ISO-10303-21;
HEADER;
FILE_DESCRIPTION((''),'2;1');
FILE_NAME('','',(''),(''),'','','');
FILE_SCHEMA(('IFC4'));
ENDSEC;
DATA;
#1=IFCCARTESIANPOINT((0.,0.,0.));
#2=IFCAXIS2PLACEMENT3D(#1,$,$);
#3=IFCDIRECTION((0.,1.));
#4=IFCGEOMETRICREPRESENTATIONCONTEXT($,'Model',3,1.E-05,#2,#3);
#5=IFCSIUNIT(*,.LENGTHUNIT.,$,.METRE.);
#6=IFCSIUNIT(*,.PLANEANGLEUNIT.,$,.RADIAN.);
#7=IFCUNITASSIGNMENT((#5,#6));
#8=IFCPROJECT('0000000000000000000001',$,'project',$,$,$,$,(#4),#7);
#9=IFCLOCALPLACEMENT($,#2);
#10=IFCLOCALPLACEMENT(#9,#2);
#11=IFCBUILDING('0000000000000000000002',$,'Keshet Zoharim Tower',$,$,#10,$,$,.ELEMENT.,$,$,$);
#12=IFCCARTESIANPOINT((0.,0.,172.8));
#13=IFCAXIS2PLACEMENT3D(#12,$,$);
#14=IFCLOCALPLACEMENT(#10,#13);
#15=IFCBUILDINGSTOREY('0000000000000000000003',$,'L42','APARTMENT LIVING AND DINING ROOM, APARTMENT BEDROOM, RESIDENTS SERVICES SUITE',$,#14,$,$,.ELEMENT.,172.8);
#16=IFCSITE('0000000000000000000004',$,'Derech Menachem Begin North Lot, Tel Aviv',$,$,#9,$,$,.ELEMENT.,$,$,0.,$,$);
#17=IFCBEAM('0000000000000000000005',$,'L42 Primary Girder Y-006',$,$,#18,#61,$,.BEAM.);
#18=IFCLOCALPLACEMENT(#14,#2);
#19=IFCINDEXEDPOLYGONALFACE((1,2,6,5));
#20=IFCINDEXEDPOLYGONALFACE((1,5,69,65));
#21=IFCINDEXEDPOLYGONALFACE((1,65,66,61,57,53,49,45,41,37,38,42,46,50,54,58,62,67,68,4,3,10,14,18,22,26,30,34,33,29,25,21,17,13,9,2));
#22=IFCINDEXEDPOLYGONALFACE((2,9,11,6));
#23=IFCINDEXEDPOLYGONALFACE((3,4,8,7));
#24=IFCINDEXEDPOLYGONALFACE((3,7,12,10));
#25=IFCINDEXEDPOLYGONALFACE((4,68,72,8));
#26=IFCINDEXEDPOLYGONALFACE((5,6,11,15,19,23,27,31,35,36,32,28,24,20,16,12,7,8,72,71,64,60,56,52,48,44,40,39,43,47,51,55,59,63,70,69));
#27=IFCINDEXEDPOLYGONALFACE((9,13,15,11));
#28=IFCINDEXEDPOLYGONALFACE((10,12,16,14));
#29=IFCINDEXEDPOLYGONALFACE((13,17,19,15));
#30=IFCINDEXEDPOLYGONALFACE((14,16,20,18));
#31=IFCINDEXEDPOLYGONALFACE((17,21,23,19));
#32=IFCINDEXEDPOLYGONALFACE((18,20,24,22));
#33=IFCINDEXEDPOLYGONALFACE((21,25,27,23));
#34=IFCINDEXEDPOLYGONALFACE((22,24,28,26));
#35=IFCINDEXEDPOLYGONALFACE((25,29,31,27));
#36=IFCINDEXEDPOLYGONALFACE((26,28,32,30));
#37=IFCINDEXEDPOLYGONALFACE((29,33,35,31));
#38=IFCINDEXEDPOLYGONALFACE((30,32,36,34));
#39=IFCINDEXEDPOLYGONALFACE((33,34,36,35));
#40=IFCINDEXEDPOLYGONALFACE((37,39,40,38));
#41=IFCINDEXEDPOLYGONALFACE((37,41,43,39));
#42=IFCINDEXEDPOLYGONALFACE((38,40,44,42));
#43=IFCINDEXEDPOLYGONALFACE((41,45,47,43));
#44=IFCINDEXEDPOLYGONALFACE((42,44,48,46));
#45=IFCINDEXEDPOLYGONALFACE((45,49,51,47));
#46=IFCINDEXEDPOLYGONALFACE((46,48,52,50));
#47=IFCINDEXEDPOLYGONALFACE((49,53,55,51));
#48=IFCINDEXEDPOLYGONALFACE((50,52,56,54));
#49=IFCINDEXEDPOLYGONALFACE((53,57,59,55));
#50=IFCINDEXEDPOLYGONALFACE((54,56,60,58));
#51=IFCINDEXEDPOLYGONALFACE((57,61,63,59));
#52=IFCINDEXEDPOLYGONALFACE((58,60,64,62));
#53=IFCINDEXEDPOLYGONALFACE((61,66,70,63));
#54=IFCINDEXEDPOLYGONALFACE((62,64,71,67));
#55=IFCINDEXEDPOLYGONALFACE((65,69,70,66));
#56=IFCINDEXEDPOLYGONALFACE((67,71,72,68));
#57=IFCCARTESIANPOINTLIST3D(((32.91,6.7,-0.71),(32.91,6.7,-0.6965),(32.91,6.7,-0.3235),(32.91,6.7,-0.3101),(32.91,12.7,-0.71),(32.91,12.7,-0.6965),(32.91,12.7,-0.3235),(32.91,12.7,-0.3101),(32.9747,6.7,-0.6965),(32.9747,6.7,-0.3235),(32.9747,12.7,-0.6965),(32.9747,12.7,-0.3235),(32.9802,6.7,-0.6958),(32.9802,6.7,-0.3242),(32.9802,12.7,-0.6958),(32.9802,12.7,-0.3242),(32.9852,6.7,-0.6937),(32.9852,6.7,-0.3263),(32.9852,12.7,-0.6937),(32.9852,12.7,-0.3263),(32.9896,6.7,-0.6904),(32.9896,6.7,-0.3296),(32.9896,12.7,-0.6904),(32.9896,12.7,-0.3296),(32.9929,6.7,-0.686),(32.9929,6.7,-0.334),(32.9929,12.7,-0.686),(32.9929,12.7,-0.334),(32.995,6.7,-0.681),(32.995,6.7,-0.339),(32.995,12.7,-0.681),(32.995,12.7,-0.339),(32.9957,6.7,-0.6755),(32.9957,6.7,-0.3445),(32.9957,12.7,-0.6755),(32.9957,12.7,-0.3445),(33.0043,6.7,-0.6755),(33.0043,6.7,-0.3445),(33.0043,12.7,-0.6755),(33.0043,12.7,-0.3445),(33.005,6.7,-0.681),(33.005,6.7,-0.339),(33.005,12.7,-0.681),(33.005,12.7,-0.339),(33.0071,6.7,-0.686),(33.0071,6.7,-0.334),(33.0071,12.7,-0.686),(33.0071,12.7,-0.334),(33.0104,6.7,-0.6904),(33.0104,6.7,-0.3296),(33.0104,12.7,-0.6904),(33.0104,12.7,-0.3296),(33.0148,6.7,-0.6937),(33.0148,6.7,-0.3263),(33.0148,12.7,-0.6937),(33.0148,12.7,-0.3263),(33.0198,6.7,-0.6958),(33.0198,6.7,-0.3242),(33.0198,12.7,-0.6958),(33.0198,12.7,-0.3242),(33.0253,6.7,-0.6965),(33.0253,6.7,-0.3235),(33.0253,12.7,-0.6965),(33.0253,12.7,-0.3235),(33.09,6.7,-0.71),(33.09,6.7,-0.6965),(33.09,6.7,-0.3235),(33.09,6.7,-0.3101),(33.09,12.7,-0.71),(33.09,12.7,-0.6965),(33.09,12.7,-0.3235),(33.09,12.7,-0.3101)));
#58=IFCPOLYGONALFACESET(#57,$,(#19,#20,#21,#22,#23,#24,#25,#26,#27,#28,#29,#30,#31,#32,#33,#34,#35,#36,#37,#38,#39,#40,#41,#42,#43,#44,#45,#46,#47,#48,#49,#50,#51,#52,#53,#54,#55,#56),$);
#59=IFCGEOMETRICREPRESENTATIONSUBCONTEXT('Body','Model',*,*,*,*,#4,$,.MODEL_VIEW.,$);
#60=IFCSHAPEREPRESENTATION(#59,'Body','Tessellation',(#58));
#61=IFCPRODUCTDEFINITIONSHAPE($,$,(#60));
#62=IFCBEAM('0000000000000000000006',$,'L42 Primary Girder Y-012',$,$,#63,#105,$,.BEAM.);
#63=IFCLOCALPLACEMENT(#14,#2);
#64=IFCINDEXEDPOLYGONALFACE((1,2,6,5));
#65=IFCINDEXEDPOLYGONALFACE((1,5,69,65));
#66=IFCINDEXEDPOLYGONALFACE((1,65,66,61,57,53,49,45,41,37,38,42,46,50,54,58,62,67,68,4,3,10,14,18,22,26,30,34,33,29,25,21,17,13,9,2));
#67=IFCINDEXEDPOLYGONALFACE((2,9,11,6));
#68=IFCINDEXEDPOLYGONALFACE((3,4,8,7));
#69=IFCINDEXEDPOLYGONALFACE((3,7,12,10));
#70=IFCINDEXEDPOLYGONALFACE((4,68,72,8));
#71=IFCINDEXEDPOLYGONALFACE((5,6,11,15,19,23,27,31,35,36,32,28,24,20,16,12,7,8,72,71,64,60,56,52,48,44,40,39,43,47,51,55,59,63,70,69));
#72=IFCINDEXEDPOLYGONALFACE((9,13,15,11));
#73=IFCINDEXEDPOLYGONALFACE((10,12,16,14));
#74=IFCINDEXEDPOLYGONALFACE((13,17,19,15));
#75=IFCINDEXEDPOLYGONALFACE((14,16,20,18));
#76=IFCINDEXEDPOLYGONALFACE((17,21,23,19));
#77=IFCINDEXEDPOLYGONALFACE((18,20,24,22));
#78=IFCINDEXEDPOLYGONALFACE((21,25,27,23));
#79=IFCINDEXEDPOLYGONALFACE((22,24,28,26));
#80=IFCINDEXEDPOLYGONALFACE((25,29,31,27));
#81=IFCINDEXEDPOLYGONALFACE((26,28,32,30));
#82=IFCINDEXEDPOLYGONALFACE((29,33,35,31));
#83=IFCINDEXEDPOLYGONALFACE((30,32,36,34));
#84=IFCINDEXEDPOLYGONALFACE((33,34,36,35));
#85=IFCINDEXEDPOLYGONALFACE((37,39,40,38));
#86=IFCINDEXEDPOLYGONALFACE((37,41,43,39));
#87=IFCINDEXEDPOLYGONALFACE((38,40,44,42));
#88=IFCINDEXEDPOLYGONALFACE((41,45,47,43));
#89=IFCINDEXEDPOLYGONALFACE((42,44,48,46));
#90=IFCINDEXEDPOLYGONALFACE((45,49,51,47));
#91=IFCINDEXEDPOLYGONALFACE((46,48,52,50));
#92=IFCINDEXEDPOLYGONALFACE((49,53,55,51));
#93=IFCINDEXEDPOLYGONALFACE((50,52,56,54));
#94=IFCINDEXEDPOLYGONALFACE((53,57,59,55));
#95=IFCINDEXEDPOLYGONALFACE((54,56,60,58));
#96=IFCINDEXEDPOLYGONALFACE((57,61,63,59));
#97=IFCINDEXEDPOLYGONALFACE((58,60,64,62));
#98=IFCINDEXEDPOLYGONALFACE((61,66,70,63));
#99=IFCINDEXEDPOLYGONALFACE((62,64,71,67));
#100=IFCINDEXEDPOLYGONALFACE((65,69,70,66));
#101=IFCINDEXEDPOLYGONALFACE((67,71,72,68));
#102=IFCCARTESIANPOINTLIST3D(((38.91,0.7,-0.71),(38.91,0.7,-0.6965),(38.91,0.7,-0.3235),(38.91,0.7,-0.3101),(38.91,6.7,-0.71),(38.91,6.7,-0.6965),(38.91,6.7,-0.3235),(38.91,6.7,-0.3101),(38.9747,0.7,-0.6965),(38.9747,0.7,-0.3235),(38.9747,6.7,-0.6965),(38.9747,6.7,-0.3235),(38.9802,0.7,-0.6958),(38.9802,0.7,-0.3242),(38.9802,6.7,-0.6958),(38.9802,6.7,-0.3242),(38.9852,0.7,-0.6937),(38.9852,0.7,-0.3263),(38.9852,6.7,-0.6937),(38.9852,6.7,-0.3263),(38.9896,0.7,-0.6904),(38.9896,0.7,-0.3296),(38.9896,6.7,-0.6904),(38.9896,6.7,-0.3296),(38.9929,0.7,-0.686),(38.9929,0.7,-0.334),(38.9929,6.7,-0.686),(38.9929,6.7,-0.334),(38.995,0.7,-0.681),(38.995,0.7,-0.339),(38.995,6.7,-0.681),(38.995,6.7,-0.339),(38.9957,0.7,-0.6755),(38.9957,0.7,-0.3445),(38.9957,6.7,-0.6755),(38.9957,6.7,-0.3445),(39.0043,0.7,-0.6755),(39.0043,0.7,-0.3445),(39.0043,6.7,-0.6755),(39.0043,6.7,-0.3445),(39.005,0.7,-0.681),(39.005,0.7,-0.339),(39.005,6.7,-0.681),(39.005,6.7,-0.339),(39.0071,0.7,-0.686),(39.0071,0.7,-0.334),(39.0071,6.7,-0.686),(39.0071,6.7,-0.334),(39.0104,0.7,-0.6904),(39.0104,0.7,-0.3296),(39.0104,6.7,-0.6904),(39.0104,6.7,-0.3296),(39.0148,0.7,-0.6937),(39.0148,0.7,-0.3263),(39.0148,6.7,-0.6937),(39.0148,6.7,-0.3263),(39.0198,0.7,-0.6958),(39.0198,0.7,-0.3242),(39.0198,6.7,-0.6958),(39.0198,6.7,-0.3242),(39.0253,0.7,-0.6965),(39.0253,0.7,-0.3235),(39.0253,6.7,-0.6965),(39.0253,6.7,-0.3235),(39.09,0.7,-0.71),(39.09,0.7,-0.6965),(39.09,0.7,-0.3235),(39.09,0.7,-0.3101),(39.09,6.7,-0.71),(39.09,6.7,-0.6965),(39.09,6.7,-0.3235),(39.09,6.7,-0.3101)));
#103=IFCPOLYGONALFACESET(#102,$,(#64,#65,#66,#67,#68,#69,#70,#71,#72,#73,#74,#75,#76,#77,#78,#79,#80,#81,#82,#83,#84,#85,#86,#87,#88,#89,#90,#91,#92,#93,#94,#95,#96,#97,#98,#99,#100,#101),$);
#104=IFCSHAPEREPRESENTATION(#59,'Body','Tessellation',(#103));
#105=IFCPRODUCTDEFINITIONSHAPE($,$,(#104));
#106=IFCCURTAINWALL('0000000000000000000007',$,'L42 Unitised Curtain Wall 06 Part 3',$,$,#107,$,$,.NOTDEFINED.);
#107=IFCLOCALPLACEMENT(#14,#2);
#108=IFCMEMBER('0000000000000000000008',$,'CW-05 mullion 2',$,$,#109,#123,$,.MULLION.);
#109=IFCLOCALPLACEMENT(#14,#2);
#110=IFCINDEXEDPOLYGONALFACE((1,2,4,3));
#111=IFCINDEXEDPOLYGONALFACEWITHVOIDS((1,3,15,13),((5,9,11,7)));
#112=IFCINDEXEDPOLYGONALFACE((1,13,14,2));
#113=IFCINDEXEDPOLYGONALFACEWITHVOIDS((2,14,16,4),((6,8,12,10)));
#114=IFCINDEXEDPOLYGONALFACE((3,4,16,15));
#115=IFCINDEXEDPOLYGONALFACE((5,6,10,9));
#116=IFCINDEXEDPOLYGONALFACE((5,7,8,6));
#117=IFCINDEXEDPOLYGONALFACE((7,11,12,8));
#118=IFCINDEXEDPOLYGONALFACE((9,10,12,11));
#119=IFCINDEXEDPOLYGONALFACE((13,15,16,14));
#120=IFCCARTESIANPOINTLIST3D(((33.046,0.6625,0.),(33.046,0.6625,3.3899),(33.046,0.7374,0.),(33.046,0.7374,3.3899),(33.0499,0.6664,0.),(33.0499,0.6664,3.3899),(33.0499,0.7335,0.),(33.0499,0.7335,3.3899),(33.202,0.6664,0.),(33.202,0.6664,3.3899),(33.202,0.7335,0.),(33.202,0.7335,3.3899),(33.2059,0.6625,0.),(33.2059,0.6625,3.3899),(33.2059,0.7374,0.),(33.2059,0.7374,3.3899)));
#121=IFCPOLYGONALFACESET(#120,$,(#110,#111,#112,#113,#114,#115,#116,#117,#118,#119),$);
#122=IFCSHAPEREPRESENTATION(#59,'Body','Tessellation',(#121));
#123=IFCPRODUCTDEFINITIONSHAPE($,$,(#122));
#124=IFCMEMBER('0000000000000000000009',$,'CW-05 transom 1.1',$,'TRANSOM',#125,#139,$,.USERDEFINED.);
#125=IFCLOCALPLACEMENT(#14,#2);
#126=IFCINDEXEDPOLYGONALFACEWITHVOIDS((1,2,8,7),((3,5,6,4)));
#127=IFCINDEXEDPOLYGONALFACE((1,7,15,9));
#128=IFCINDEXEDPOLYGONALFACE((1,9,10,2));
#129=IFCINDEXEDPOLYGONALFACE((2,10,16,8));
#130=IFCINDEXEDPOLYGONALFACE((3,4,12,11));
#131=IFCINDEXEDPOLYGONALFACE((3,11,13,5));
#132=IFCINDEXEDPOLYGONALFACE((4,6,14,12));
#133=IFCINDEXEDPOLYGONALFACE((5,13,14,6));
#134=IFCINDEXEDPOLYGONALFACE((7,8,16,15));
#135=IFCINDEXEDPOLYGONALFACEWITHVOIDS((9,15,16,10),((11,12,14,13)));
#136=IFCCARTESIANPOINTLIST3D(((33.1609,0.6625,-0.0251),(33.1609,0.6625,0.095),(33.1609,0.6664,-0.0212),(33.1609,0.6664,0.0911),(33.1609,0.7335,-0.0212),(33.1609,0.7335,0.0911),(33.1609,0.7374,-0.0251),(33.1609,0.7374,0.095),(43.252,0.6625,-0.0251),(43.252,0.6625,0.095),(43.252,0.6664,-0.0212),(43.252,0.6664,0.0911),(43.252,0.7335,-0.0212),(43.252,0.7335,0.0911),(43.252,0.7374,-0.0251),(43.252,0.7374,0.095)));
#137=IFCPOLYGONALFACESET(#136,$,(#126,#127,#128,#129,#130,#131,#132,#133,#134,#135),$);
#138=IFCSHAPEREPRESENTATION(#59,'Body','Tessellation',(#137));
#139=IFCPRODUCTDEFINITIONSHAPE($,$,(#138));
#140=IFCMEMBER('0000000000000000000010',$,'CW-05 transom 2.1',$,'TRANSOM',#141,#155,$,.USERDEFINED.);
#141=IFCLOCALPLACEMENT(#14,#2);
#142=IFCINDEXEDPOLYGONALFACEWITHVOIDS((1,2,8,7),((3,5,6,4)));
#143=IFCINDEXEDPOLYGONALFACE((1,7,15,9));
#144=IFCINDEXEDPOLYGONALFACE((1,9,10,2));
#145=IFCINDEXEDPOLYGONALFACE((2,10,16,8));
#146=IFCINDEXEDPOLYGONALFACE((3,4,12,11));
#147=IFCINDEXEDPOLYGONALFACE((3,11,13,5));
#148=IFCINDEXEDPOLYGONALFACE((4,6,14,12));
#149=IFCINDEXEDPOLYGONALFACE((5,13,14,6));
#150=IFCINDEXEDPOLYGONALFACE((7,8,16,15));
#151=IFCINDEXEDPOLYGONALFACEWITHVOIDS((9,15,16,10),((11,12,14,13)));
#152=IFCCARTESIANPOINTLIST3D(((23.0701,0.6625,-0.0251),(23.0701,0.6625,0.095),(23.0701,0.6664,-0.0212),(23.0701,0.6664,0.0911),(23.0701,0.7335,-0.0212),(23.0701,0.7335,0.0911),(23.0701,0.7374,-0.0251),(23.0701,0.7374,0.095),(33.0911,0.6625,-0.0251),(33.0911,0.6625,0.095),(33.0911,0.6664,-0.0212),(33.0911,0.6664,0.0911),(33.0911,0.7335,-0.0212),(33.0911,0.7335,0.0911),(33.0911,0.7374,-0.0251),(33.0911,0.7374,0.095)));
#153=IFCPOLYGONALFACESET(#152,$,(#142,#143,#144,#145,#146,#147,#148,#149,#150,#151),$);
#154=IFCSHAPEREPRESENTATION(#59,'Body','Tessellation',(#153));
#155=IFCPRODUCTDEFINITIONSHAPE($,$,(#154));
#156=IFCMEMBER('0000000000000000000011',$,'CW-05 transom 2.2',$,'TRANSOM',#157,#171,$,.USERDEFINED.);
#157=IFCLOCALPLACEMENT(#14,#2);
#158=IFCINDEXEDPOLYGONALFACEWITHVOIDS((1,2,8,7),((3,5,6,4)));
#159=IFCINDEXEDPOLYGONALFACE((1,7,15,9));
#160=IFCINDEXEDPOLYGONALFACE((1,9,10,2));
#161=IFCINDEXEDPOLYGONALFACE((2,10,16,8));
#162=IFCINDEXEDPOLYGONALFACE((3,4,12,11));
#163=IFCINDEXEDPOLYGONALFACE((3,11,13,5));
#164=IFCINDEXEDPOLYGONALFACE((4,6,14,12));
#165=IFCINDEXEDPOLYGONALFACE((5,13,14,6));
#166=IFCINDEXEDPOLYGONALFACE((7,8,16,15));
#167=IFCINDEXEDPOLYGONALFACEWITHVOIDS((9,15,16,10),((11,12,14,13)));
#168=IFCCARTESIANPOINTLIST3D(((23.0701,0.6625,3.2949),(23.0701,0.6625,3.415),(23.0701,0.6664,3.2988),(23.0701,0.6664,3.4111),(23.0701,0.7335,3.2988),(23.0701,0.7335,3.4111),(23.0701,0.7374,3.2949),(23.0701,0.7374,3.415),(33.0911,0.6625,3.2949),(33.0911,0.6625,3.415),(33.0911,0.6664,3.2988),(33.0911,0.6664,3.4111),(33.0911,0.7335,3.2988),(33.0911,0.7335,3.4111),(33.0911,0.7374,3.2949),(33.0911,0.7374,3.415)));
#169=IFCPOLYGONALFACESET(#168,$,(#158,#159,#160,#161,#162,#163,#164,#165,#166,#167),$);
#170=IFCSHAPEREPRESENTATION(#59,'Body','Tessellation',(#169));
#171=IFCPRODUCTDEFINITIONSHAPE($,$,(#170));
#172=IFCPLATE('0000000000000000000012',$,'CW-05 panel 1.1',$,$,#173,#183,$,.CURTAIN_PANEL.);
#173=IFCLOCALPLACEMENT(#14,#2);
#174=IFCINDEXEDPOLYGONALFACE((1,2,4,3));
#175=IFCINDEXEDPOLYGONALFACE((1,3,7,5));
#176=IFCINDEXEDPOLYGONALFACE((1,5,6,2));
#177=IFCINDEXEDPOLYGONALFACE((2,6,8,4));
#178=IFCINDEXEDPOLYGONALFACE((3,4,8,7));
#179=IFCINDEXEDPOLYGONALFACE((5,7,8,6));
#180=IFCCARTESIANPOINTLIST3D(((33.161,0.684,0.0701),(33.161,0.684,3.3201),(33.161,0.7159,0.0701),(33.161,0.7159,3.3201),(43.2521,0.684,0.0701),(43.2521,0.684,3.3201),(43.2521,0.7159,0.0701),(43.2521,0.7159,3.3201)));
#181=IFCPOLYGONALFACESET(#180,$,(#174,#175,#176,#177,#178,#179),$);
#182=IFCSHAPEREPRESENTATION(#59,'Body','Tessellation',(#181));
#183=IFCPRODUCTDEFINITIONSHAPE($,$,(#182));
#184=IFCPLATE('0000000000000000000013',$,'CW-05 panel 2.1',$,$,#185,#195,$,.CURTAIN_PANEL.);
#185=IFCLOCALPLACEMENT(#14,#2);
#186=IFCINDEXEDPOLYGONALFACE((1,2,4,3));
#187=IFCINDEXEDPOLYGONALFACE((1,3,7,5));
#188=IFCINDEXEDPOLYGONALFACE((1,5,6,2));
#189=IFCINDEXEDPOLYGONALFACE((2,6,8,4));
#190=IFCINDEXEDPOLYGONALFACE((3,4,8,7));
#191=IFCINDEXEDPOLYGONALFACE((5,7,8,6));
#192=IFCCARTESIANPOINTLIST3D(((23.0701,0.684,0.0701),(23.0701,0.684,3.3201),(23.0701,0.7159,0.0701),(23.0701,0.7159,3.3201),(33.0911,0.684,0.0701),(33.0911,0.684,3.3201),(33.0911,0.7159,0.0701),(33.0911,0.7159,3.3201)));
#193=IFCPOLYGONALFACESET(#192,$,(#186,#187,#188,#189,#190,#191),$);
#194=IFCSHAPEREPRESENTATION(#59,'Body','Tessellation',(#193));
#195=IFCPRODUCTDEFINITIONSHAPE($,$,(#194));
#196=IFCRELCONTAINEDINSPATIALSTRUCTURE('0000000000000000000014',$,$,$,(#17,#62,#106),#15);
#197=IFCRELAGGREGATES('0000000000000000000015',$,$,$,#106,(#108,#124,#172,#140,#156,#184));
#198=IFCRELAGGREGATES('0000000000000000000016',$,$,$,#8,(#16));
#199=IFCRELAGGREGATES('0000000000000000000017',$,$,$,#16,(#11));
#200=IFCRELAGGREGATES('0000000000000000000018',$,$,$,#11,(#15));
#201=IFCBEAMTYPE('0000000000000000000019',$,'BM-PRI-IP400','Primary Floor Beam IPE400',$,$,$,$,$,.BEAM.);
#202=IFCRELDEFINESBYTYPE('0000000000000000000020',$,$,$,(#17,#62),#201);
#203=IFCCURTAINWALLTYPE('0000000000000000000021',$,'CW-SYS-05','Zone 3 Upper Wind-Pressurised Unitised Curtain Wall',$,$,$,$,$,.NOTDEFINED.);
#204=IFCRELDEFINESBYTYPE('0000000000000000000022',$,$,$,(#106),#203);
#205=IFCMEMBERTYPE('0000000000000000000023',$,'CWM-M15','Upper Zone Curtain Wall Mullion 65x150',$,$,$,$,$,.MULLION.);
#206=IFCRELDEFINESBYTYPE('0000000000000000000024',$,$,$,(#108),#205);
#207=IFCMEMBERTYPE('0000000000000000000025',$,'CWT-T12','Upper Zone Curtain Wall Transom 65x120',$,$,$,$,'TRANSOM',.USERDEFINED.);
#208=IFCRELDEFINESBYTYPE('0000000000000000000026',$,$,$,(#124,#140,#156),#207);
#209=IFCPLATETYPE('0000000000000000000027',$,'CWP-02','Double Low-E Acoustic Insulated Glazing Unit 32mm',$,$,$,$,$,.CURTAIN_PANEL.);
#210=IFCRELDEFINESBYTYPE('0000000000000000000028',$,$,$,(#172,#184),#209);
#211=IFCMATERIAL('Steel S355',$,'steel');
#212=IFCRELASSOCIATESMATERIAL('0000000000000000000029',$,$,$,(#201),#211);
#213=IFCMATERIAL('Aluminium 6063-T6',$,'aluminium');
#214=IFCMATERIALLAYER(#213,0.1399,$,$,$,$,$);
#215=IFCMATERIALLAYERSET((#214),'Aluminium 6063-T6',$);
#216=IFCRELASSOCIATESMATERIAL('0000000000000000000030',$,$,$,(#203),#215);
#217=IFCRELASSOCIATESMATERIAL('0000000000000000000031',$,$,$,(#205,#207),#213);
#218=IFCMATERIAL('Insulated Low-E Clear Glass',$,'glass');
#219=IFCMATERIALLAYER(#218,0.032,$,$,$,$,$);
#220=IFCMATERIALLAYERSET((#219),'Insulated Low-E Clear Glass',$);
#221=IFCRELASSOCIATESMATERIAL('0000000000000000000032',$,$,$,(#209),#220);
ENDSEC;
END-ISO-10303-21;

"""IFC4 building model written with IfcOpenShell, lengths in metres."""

from ifc_helpers import new_model, si_unit, direction, frame, origin, origin_2d, place, context, subcontext, project, spatial, rectangle, hollow_rectangle, i_section, extrude, material, layer, layer_set, material_profile, profile_set, type_object, element, aggregate, save


model = new_model("IFC4")

# Units and contexts
model_context = context("Model", 3, precision=1e-05, world=origin(), true_north=direction((0.0, 1.0)))
body_context = subcontext(model_context, "Body", "Model", "MODEL_VIEW")
ifc_project = project(units=[si_unit("LENGTHUNIT", "METRE"), si_unit("PLANEANGLEUNIT", "RADIAN")], contexts=[model_context])

# Site, building, storey
site_placement = place(None, origin())
site = spatial("IfcSite", under=ifc_project, at=site_placement, Name="Derech Menachem Begin North Lot, Tel Aviv", CompositionType="ELEMENT", RefElevation=0.0)
building_placement = place(site_placement, origin())
building = spatial("IfcBuilding", under=site, at=building_placement, Name="Keshet Zoharim Tower", CompositionType="ELEMENT")
storey_placement = place(building_placement, frame((0.0, 0.0, 172.8)))
storey = spatial("IfcBuildingStorey", under=building, at=storey_placement, Name="L42", Description="APARTMENT LIVING AND DINING ROOM, APARTMENT BEDROOM, RESIDENTS SERVICES SUITE", CompositionType="ELEMENT", Elevation=172.8)

# Shared definitions
ifc_material_1 = material(Name="Steel S355", Category="steel")

# Beams
ifc_material_profile_1 = material_profile(ifc_material_1, i_section(OverallWidth=0.1799, OverallDepth=0.3999, WebThickness=0.0085, FlangeThickness=0.0134, FilletRadius=0.021, at=origin_2d()), Name="IPE400")
ifc_profile_set_1 = profile_set([ifc_material_profile_1], Name="Steel S355")
beam_type_1 = type_object("IfcBeamType", Name="BM-PRI-IP400", Description="Primary Floor Beam IPE400", PredefinedType="BEAM", material=ifc_profile_set_1)
for number, where, z_axis, x_axis, name in (
    (1, (33.0, 6.7, -0.51), (0.0, 1.0, 0.0), (-1.0, 0.0, 0.0), "L42 Primary Girder Y-006"),
    (2, (39.0, 0.7, -0.51), (0.0, 1.0, 0.0), (-1.0, 0.0, 0.0), "L42 Primary Girder Y-012"),
):
    element("IfcBeam", number, at=place(storey_placement, frame(where, z_axis=z_axis, x_axis=x_axis)), inside=storey, type_object=beam_type_1, Name=name, PredefinedType="BEAM", context=body_context, shape_type="SweptSolid", body=[
        extrude(i_section(OverallWidth=0.1799, OverallDepth=0.3999, WebThickness=0.0085, FlangeThickness=0.0134, FilletRadius=0.021, at=origin_2d()), origin(), (0.0, 0.0, 1.0), 6.0),
    ])

# Curtain wall, members, plates
ifc_material_2 = material(Name="Aluminium 6063-T6", Category="aluminium")
ifc_layer_1 = layer(ifc_material_2, 0.1399)
ifc_layer_set_1 = layer_set([ifc_layer_1], Name="Aluminium 6063-T6")
curtain_wall_type = type_object("IfcCurtainWallType", Name="CW-SYS-05", Description="Zone 3 Upper Wind-Pressurised Unitised Curtain Wall", PredefinedType="NOTDEFINED", material=ifc_layer_set_1)
curtain_wall_placement = place(storey_placement, origin())
curtain_wall = element("IfcCurtainWall", 3, at=curtain_wall_placement, inside=storey, type_object=curtain_wall_type, Name="L42 Unitised Curtain Wall 06 Part 3", PredefinedType="NOTDEFINED")
ifc_material_profile_2 = material_profile(ifc_material_2, hollow_rectangle(XDim=0.075, YDim=0.1599, WallThickness=0.0039, at=origin_2d()), Name="MUL-75x160")
ifc_profile_set_2 = profile_set([ifc_material_profile_2], Name="Aluminium 6063-T6")
member_type_1 = type_object("IfcMemberType", Name="CWM-M15", Description="Upper Zone Curtain Wall Mullion 65x150", PredefinedType="MULLION", material=ifc_profile_set_2)
member_1_placement = place(storey_placement, frame((33.126, 0.7, 0.0), z_axis=(0.0, 0.0, 1.0), x_axis=(0.0, -1.0, 0.0)))
member_1 = element("IfcMember", 4, at=member_1_placement, type_object=member_type_1, Name="CW-05 mullion 2", PredefinedType="MULLION", context=body_context, shape_type="SweptSolid", body=[
    extrude(hollow_rectangle(XDim=0.075, YDim=0.1599, WallThickness=0.0039, at=origin_2d()), origin(), (0.0, 0.0, 1.0), 3.3899),
])
ifc_material_profile_3 = material_profile(ifc_material_2, hollow_rectangle(XDim=0.075, YDim=0.1201, WallThickness=0.0039, at=origin_2d()), Name="TRN-75x120")
ifc_profile_set_3 = profile_set([ifc_material_profile_3], Name="Aluminium 6063-T6")
member_type_2 = type_object("IfcMemberType", Name="CWT-T12", Description="Upper Zone Curtain Wall Transom 65x120", ElementType="TRANSOM", PredefinedType="USERDEFINED", material=ifc_profile_set_3)
member_2_placement = place(storey_placement, frame((43.252, 0.7, 0.0349), z_axis=(-1.0, 0.0, 0.0), x_axis=(0.0, -1.0, 0.0)))
member_2 = element("IfcMember", 5, at=member_2_placement, type_object=member_type_2, Name="CW-05 transom 1.1", ObjectType="TRANSOM", PredefinedType="USERDEFINED", context=body_context, shape_type="SweptSolid", body=[
    extrude(hollow_rectangle(XDim=0.075, YDim=0.1201, WallThickness=0.0039, at=origin_2d()), origin(), (0.0, 0.0, 1.0), 10.0911),
])
member_3_placement = place(storey_placement, frame((33.0911, 0.7, 0.0349), z_axis=(-1.0, 0.0, 0.0), x_axis=(0.0, -1.0, 0.0)))
member_3 = element("IfcMember", 6, at=member_3_placement, type_object=member_type_2, Name="CW-05 transom 2.1", ObjectType="TRANSOM", PredefinedType="USERDEFINED", context=body_context, shape_type="SweptSolid", body=[
    extrude(hollow_rectangle(XDim=0.075, YDim=0.1201, WallThickness=0.0039, at=origin_2d()), origin(), (0.0, 0.0, 1.0), 10.021),
])
member_4_placement = place(storey_placement, frame((33.0911, 0.7, 3.355), z_axis=(-1.0, 0.0, 0.0), x_axis=(0.0, -1.0, 0.0)))
member_4 = element("IfcMember", 7, at=member_4_placement, type_object=member_type_2, Name="CW-05 transom 2.2", ObjectType="TRANSOM", PredefinedType="USERDEFINED", context=body_context, shape_type="SweptSolid", body=[
    extrude(hollow_rectangle(XDim=0.075, YDim=0.1201, WallThickness=0.0039, at=origin_2d()), origin(), (0.0, 0.0, 1.0), 10.021),
])
ifc_material_3 = material(Name="Insulated Low-E Clear Glass", Category="glass")
ifc_layer_2 = layer(ifc_material_3, 0.032)
ifc_layer_set_2 = layer_set([ifc_layer_2], Name="Insulated Low-E Clear Glass")
plate_type = type_object("IfcPlateType", Name="CWP-02", Description="Double Low-E Acoustic Insulated Glazing Unit 32mm", PredefinedType="CURTAIN_PANEL", material=ifc_layer_set_2)
plate_1_placement = place(storey_placement, frame((38.2065, 0.7, 0.0701), z_axis=(0.0, 0.0, 1.0), x_axis=(-1.0, 0.0, 0.0)))
plate_1 = element("IfcPlate", 8, at=plate_1_placement, type_object=plate_type, Name="CW-05 panel 1.1", PredefinedType="CURTAIN_PANEL", context=body_context, shape_type="SweptSolid", body=[
    extrude(rectangle(XDim=10.0911, YDim=0.032, at=origin_2d()), origin(), (0.0, 0.0, 1.0), 3.25),
])
plate_2_placement = place(storey_placement, frame((28.0806, 0.7, 0.0701), z_axis=(0.0, 0.0, 1.0), x_axis=(-1.0, 0.0, 0.0)))
plate_2 = element("IfcPlate", 9, at=plate_2_placement, type_object=plate_type, Name="CW-05 panel 2.1", PredefinedType="CURTAIN_PANEL", context=body_context, shape_type="SweptSolid", body=[
    extrude(rectangle(XDim=10.021, YDim=0.032, at=origin_2d()), origin(), (0.0, 0.0, 1.0), 3.25),
])
aggregate(curtain_wall, [member_1, member_2, plate_1, member_3, member_4, plate_2])

save(model, "model.ifc")
